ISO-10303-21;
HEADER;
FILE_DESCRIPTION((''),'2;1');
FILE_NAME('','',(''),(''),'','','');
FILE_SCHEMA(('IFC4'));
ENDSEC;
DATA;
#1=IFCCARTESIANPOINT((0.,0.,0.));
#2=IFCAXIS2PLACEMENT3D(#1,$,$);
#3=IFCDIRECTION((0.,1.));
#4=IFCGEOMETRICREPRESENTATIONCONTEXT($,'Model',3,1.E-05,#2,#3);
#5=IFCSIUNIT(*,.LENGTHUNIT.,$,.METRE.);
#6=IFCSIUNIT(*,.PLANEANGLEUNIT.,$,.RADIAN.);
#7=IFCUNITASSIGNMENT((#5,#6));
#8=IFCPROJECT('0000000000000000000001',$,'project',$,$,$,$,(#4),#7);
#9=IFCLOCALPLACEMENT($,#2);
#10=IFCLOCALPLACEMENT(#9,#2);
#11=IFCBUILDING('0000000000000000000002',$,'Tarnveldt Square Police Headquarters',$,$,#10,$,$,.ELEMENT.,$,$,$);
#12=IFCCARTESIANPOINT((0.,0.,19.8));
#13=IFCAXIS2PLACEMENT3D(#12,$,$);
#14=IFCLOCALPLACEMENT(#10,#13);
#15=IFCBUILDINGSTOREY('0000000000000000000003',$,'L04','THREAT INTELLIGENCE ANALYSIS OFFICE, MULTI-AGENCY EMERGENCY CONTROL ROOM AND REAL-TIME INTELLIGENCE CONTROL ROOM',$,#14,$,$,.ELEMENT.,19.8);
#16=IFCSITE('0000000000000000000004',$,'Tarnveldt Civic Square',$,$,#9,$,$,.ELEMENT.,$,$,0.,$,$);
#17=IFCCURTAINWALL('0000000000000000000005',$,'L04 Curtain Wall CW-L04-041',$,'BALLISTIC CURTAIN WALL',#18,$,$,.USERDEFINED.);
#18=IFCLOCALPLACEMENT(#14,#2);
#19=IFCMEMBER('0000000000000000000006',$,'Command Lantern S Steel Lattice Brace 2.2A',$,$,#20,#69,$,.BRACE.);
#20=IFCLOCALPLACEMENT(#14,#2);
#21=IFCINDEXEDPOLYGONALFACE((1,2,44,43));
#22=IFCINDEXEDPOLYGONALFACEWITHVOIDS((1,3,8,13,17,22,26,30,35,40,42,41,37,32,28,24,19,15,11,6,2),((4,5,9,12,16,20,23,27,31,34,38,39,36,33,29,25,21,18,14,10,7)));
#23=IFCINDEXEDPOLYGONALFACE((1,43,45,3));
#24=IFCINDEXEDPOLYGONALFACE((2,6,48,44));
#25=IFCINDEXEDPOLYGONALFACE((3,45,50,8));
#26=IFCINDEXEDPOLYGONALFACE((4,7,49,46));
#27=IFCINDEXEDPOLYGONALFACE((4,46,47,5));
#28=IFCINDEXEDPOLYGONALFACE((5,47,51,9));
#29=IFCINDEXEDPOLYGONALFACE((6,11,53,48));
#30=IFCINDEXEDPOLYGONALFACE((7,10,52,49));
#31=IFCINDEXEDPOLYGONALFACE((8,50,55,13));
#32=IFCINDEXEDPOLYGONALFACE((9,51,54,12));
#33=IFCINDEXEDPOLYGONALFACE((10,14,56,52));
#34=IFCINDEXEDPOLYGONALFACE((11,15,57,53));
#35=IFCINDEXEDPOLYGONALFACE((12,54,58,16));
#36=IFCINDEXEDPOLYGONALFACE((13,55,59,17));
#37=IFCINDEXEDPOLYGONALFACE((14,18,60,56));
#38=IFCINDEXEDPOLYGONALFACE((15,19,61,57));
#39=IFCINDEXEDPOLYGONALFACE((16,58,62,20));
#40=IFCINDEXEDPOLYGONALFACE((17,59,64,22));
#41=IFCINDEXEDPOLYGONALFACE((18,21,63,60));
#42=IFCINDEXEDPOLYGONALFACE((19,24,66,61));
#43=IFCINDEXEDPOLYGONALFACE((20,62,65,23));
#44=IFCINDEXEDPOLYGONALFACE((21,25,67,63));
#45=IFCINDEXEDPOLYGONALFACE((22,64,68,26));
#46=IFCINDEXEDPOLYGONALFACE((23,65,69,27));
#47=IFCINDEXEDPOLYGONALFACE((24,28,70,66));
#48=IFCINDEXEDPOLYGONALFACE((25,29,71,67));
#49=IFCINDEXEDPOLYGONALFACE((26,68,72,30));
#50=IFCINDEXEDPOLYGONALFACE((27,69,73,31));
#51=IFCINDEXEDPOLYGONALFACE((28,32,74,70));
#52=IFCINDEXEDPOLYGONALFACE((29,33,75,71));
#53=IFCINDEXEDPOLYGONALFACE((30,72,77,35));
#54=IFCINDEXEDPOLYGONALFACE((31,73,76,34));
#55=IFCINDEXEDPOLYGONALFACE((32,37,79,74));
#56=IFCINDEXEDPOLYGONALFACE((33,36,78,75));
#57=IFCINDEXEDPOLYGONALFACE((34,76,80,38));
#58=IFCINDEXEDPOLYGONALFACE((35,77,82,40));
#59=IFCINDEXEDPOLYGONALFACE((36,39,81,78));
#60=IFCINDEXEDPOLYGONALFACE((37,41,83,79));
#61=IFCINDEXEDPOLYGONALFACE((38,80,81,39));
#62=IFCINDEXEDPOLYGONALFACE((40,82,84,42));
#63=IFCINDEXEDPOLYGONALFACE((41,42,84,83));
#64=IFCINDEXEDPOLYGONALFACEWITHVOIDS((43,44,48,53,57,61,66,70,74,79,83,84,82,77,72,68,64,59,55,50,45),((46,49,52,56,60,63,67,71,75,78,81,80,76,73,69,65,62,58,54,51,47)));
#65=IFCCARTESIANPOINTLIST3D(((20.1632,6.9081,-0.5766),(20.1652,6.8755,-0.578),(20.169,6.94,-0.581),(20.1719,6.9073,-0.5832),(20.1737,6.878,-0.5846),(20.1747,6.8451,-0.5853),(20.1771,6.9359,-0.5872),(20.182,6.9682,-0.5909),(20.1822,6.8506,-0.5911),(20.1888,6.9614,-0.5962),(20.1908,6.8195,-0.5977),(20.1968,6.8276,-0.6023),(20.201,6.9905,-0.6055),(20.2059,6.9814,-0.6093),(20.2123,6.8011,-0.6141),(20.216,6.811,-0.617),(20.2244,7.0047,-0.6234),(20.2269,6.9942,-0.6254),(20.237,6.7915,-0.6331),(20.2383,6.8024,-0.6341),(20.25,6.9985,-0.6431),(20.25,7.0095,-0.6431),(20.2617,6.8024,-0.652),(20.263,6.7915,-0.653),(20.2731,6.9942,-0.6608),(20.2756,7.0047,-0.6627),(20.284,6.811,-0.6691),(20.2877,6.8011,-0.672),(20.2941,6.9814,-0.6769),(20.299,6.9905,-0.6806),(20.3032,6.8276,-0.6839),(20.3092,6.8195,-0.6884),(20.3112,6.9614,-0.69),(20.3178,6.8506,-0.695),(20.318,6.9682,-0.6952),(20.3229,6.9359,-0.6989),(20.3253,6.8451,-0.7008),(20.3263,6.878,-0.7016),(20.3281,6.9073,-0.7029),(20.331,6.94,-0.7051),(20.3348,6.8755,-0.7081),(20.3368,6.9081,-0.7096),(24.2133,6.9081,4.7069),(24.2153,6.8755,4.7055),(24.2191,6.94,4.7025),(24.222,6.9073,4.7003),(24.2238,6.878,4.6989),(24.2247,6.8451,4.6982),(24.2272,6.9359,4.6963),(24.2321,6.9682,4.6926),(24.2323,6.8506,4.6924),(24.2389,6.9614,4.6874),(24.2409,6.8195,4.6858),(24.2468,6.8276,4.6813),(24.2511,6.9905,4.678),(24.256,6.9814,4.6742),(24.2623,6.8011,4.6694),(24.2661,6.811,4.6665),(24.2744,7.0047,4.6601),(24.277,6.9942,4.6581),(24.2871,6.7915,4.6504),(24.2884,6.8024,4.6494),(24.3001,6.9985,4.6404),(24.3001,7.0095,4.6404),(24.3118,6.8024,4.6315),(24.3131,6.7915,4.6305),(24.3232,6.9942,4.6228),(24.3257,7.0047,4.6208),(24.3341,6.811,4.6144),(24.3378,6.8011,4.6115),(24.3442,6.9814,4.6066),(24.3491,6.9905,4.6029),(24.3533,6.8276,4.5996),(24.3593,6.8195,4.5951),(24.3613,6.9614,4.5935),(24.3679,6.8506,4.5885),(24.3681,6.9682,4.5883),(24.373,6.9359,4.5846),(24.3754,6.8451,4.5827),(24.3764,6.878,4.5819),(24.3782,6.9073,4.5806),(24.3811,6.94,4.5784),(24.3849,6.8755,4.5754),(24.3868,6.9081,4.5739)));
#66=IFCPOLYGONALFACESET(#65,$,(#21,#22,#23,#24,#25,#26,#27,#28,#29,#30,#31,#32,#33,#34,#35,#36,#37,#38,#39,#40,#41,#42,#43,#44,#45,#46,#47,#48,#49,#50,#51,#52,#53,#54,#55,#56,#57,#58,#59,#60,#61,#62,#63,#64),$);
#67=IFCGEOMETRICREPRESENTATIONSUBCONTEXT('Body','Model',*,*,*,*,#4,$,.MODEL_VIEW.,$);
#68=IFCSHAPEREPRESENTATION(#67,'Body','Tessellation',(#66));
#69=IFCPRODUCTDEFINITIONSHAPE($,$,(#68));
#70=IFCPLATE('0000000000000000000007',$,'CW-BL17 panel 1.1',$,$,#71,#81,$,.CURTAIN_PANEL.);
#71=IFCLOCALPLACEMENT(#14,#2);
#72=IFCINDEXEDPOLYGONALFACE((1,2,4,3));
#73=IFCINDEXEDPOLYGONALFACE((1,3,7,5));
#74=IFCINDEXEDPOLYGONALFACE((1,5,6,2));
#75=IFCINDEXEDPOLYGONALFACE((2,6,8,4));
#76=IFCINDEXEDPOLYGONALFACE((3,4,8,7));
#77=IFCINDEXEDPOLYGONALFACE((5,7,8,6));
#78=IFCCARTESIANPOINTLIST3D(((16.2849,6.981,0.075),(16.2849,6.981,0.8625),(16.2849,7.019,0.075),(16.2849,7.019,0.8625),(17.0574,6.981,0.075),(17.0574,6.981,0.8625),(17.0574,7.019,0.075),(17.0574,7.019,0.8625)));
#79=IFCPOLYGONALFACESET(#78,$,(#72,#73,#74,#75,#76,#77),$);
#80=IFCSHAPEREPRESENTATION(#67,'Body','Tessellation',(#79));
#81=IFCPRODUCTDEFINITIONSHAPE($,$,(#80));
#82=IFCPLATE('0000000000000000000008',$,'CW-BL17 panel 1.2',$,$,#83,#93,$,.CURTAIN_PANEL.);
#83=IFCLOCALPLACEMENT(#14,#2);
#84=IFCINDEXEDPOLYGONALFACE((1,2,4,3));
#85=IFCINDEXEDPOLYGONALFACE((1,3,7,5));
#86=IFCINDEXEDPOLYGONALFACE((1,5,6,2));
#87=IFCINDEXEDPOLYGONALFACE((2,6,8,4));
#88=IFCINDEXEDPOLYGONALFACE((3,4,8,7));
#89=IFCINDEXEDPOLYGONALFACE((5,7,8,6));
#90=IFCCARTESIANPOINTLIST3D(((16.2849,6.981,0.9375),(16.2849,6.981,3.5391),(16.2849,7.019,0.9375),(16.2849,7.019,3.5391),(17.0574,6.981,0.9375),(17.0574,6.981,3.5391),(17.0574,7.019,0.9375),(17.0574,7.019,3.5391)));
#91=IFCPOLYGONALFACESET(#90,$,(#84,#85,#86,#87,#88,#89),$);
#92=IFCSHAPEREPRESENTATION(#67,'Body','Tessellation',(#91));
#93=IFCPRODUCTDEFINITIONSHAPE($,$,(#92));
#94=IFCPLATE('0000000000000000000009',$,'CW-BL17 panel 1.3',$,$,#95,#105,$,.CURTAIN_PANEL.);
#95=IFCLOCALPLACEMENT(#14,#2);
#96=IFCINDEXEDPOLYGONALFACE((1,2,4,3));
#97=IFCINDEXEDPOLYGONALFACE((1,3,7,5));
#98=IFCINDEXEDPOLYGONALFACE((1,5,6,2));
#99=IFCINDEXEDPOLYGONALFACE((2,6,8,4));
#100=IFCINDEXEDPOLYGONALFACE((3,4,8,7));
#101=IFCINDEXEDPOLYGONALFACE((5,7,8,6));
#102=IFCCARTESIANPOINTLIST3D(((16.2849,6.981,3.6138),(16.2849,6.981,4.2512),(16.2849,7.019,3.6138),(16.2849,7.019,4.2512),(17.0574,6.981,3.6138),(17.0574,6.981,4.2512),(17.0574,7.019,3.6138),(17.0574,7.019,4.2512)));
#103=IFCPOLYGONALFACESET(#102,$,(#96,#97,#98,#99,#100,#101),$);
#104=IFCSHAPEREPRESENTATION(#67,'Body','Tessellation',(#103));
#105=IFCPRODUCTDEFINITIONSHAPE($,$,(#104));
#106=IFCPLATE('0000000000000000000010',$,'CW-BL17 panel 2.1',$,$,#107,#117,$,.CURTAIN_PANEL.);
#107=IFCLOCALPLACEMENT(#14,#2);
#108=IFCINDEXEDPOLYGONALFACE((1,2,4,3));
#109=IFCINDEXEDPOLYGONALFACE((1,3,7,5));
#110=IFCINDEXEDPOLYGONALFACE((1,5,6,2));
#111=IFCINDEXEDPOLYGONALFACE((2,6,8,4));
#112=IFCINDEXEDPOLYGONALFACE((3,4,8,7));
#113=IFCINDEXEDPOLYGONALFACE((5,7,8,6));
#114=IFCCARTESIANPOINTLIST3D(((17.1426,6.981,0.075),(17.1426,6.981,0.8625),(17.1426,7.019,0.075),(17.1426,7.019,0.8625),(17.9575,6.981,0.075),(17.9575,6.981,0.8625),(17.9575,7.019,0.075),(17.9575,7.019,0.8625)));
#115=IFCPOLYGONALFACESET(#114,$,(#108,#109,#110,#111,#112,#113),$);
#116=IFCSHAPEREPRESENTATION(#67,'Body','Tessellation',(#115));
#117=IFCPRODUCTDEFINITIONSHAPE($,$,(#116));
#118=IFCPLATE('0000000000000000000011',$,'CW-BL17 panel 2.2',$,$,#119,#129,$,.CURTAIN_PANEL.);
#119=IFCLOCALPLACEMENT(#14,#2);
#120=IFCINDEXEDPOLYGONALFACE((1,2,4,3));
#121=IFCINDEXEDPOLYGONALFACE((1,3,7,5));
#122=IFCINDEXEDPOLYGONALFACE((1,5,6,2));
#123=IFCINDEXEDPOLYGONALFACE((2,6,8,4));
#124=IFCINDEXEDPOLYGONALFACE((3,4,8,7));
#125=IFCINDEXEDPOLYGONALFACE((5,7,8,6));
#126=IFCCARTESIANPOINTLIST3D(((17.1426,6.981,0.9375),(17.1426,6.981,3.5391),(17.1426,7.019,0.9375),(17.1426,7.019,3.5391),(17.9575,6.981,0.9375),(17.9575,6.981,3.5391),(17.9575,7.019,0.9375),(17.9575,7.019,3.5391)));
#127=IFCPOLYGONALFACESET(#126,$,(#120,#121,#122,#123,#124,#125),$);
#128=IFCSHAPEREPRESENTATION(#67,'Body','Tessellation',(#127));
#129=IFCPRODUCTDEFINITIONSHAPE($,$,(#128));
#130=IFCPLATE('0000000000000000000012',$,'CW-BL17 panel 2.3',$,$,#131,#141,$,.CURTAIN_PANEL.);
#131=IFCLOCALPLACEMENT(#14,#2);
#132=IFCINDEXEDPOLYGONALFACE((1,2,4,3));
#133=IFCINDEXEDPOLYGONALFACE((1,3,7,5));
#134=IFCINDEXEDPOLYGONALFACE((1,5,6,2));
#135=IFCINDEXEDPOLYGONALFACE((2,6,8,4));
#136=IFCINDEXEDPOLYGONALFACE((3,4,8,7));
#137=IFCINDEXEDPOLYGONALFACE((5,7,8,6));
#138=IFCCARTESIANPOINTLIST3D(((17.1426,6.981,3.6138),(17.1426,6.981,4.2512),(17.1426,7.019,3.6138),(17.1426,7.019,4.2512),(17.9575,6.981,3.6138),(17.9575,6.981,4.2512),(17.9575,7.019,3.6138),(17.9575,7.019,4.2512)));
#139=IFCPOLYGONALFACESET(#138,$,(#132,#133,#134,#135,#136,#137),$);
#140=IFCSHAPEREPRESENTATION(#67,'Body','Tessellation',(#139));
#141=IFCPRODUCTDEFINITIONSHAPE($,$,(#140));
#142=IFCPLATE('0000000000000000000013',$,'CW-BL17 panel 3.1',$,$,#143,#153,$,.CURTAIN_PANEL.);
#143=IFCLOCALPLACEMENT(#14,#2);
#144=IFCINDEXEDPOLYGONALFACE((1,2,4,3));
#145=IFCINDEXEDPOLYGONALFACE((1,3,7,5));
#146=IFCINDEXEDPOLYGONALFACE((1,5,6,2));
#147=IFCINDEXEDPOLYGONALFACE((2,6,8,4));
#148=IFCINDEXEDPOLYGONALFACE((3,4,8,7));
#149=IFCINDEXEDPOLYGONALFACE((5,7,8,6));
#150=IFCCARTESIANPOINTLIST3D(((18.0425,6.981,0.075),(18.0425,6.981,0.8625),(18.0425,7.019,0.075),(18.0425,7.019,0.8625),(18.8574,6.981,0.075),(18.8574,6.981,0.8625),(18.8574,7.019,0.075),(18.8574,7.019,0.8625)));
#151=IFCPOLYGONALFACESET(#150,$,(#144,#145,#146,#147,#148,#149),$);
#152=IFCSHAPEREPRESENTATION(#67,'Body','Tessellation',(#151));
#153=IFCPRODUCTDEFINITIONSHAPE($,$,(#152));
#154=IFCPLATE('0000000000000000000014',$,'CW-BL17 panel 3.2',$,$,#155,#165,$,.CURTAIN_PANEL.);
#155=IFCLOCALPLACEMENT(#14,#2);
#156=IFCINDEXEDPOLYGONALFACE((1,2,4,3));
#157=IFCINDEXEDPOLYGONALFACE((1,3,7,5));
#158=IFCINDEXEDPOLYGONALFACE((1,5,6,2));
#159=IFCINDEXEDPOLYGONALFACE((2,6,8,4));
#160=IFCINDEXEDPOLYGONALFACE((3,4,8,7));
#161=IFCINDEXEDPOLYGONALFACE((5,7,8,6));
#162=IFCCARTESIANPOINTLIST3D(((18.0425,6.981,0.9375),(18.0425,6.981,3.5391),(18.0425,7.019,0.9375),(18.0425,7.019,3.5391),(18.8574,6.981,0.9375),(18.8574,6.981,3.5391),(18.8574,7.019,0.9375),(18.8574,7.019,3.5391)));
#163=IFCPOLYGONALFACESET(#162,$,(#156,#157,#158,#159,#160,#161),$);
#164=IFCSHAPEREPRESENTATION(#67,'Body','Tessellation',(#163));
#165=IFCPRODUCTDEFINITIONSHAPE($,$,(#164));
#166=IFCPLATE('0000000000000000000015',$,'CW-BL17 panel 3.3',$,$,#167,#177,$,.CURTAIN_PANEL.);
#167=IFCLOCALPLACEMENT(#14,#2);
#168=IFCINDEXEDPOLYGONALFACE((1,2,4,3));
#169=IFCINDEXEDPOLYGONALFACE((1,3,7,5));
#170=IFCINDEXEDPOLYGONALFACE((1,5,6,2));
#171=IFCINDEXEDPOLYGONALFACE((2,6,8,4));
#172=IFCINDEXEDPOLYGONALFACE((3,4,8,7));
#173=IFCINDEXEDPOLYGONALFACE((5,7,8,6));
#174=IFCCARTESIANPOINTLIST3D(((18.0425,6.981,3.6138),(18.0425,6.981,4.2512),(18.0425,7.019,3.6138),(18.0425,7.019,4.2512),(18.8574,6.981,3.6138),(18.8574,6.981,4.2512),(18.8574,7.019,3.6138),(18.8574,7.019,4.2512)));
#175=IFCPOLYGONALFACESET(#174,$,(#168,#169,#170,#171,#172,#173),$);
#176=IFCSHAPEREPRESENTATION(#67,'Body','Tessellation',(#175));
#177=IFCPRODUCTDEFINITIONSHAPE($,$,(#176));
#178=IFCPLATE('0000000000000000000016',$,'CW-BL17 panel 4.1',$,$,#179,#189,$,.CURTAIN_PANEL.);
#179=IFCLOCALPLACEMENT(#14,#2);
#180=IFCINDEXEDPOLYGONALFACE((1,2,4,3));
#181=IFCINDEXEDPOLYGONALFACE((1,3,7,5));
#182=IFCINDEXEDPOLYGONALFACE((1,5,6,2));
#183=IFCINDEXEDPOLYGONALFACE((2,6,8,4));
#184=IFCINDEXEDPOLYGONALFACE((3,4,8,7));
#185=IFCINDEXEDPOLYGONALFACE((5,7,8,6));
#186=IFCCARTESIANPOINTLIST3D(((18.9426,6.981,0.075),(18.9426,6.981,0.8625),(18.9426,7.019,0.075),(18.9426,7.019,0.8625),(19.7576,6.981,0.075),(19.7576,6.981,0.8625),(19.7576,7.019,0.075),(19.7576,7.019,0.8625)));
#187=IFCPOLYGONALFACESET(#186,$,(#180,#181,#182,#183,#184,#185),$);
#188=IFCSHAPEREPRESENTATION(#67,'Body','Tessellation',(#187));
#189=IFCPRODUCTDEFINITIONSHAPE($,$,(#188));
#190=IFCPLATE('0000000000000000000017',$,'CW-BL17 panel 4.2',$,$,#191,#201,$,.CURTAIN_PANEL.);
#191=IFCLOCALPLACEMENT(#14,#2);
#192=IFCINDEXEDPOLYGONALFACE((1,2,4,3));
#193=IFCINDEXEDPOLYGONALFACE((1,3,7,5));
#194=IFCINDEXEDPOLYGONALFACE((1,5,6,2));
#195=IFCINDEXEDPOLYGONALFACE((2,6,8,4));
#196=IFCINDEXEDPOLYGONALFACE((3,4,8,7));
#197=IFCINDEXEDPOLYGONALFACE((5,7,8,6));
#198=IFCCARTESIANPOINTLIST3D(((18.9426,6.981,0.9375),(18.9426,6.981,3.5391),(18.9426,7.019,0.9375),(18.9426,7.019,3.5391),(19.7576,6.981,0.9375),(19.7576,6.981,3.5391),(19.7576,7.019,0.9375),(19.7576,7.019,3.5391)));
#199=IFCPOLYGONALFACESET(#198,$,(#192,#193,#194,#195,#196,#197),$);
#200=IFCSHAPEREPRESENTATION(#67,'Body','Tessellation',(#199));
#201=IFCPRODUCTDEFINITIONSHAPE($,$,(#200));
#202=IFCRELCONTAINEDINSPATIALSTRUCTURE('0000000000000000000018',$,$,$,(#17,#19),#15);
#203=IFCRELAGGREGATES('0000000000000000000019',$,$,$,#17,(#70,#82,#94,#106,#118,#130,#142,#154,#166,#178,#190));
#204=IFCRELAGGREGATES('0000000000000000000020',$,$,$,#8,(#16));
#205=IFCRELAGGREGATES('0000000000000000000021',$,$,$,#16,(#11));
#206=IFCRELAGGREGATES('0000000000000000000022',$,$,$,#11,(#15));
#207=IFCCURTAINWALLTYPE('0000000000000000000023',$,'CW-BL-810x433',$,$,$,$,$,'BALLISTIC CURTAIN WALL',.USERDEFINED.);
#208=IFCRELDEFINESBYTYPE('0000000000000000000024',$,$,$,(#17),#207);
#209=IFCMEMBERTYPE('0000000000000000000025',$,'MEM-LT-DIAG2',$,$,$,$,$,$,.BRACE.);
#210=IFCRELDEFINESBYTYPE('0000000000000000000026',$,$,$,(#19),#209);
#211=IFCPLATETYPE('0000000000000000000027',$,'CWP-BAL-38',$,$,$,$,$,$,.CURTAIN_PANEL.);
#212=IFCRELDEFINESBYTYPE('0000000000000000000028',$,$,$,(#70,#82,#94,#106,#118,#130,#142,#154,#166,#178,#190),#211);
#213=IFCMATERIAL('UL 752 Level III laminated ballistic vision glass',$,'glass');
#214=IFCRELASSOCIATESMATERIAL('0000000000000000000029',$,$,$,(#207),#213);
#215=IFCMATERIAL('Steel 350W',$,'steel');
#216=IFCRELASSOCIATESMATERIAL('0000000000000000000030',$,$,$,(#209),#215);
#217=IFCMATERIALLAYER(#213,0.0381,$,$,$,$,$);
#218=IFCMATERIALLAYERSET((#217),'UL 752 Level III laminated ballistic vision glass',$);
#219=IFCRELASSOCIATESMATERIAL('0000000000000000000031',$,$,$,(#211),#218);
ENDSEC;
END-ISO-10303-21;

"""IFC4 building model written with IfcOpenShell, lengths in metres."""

from ifc_helpers import new_model, si_unit, direction, frame, origin, origin_2d, place, context, subcontext, project, spatial, rectangle, hollow_circle, extrude, material, layer, layer_set, material_profile, profile_set, type_object, element, aggregate, save


model = new_model("IFC4")

# Units and contexts
model_context = context("Model", 3, precision=1e-05, world=origin(), true_north=direction((0.0, 1.0)))
body_context = subcontext(model_context, "Body", "Model", "MODEL_VIEW")
ifc_project = project(units=[si_unit("LENGTHUNIT", "METRE"), si_unit("PLANEANGLEUNIT", "RADIAN")], contexts=[model_context])

# Site, building, storey
site_placement = place(None, origin())
site = spatial("IfcSite", under=ifc_project, at=site_placement, Name="Tarnveldt Civic Square", CompositionType="ELEMENT", RefElevation=0.0)
building_placement = place(site_placement, origin())
building = spatial("IfcBuilding", under=site, at=building_placement, Name="Tarnveldt Square Police Headquarters", CompositionType="ELEMENT")
storey_placement = place(building_placement, frame((0.0, 0.0, 19.8)))
storey = spatial("IfcBuildingStorey", under=building, at=storey_placement, Name="L04", Description="THREAT INTELLIGENCE ANALYSIS OFFICE, MULTI-AGENCY EMERGENCY CONTROL ROOM AND REAL-TIME INTELLIGENCE CONTROL ROOM", CompositionType="ELEMENT", Elevation=19.8)

# Curtain wall
ifc_material_1 = material(Name="UL 752 Level III laminated ballistic vision glass", Category="glass")
curtain_wall_type = type_object("IfcCurtainWallType", Name="CW-BL-810x433", ElementType="BALLISTIC CURTAIN WALL", PredefinedType="USERDEFINED", material=ifc_material_1)
curtain_wall_placement = place(storey_placement, origin())
curtain_wall = element("IfcCurtainWall", 1, at=curtain_wall_placement, inside=storey, type_object=curtain_wall_type, Name="L04 Curtain Wall CW-L04-041", ObjectType="BALLISTIC CURTAIN WALL", PredefinedType="USERDEFINED")

# Member
ifc_material_2 = material(Name="Steel 350W", Category="steel")
ifc_material_profile_1 = material_profile(ifc_material_2, hollow_circle(Radius=0.1096, WallThickness=0.011, at=origin_2d()), Name="HSS219x11")
ifc_profile_set_1 = profile_set([ifc_material_profile_1], Name="Steel 350W")
member_type_1 = type_object("IfcMemberType", Name="MEM-LT-DIAG2", PredefinedType="BRACE", material=ifc_profile_set_1)
member_1_placement = place(storey_placement, frame((20.25, 6.8999, -0.6431), z_axis=(0.608375, 0.0, 0.793649), x_axis=(0.0, 1.0, 0.0)))
element("IfcMember", 2, at=member_1_placement, inside=storey, type_object=member_type_1, Name="Command Lantern S Steel Lattice Brace 2.2A", PredefinedType="BRACE", context=body_context, shape_type="SweptSolid", body=[
    extrude(hollow_circle(Radius=0.1096, WallThickness=0.011, at=origin_2d()), origin(), (0.0, 0.0, 1.0), 6.6572),
])

# Plates
ifc_layer_1 = layer(ifc_material_1, 0.0381)
ifc_layer_set_1 = layer_set([ifc_layer_1], Name="UL 752 Level III laminated ballistic vision glass")
plate_type_1 = type_object("IfcPlateType", Name="CWP-BAL-38", PredefinedType="CURTAIN_PANEL", material=ifc_layer_set_1)
plate_1_placement = place(storey_placement, frame((16.6711, 7.0, 0.075), z_axis=(0.0, 0.0, 1.0), x_axis=(1.0, 0.0, 0.0)))
plate_1 = element("IfcPlate", 3, at=plate_1_placement, type_object=plate_type_1, Name="CW-BL17 panel 1.1", PredefinedType="CURTAIN_PANEL", context=body_context, shape_type="SweptSolid", body=[
    extrude(rectangle(XDim=0.7725, YDim=0.0381, at=origin_2d()), origin(), (0.0, 0.0, 1.0), 0.7876),
])
plate_2_placement = place(storey_placement, frame((16.6711, 7.0, 0.9375), z_axis=(0.0, 0.0, 1.0), x_axis=(1.0, 0.0, 0.0)))
plate_2 = element("IfcPlate", 4, at=plate_2_placement, type_object=plate_type_1, Name="CW-BL17 panel 1.2", PredefinedType="CURTAIN_PANEL", context=body_context, shape_type="SweptSolid", body=[
    extrude(rectangle(XDim=0.7725, YDim=0.0381, at=origin_2d()), origin(), (0.0, 0.0, 1.0), 2.6016),
])
plate_3_placement = place(storey_placement, frame((16.6711, 7.0, 3.6138), z_axis=(0.0, 0.0, 1.0), x_axis=(1.0, 0.0, 0.0)))
plate_3 = element("IfcPlate", 5, at=plate_3_placement, type_object=plate_type_1, Name="CW-BL17 panel 1.3", PredefinedType="CURTAIN_PANEL", context=body_context, shape_type="SweptSolid", body=[
    extrude(rectangle(XDim=0.7725, YDim=0.0381, at=origin_2d()), origin(), (0.0, 0.0, 1.0), 0.6375),
])
plate_4_placement = place(storey_placement, frame((17.55, 7.0, 0.075), z_axis=(0.0, 0.0, 1.0), x_axis=(1.0, 0.0, 0.0)))
plate_4 = element("IfcPlate", 6, at=plate_4_placement, type_object=plate_type_1, Name="CW-BL17 panel 2.1", PredefinedType="CURTAIN_PANEL", context=body_context, shape_type="SweptSolid", body=[
    extrude(rectangle(XDim=0.8149, YDim=0.0381, at=origin_2d()), origin(), (0.0, 0.0, 1.0), 0.7876),
])
plate_5_placement = place(storey_placement, frame((17.55, 7.0, 0.9375), z_axis=(0.0, 0.0, 1.0), x_axis=(1.0, 0.0, 0.0)))
plate_5 = element("IfcPlate", 7, at=plate_5_placement, type_object=plate_type_1, Name="CW-BL17 panel 2.2", PredefinedType="CURTAIN_PANEL", context=body_context, shape_type="SweptSolid", body=[
    extrude(rectangle(XDim=0.8149, YDim=0.0381, at=origin_2d()), origin(), (0.0, 0.0, 1.0), 2.6016),
])
plate_6_placement = place(storey_placement, frame((17.55, 7.0, 3.6138), z_axis=(0.0, 0.0, 1.0), x_axis=(1.0, 0.0, 0.0)))
plate_6 = element("IfcPlate", 8, at=plate_6_placement, type_object=plate_type_1, Name="CW-BL17 panel 2.3", PredefinedType="CURTAIN_PANEL", context=body_context, shape_type="SweptSolid", body=[
    extrude(rectangle(XDim=0.8149, YDim=0.0381, at=origin_2d()), origin(), (0.0, 0.0, 1.0), 0.6375),
])
plate_7_placement = place(storey_placement, frame((18.45, 7.0, 0.075), z_axis=(0.0, 0.0, 1.0), x_axis=(1.0, 0.0, 0.0)))
plate_7 = element("IfcPlate", 9, at=plate_7_placement, type_object=plate_type_1, Name="CW-BL17 panel 3.1", PredefinedType="CURTAIN_PANEL", context=body_context, shape_type="SweptSolid", body=[
    extrude(rectangle(XDim=0.8149, YDim=0.0381, at=origin_2d()), origin(), (0.0, 0.0, 1.0), 0.7876),
])
plate_8_placement = place(storey_placement, frame((18.45, 7.0, 0.9375), z_axis=(0.0, 0.0, 1.0), x_axis=(1.0, 0.0, 0.0)))
plate_8 = element("IfcPlate", 10, at=plate_8_placement, type_object=plate_type_1, Name="CW-BL17 panel 3.2", PredefinedType="CURTAIN_PANEL", context=body_context, shape_type="SweptSolid", body=[
    extrude(rectangle(XDim=0.8149, YDim=0.0381, at=origin_2d()), origin(), (0.0, 0.0, 1.0), 2.6016),
])
plate_9_placement = place(storey_placement, frame((18.45, 7.0, 3.6138), z_axis=(0.0, 0.0, 1.0), x_axis=(1.0, 0.0, 0.0)))
plate_9 = element("IfcPlate", 11, at=plate_9_placement, type_object=plate_type_1, Name="CW-BL17 panel 3.3", PredefinedType="CURTAIN_PANEL", context=body_context, shape_type="SweptSolid", body=[
    extrude(rectangle(XDim=0.8149, YDim=0.0381, at=origin_2d()), origin(), (0.0, 0.0, 1.0), 0.6375),
])
plate_10_placement = place(storey_placement, frame((19.3501, 7.0, 0.075), z_axis=(0.0, 0.0, 1.0), x_axis=(1.0, 0.0, 0.0)))
plate_10 = element("IfcPlate", 12, at=plate_10_placement, type_object=plate_type_1, Name="CW-BL17 panel 4.1", PredefinedType="CURTAIN_PANEL", context=body_context, shape_type="SweptSolid", body=[
    extrude(rectangle(XDim=0.8149, YDim=0.0381, at=origin_2d()), origin(), (0.0, 0.0, 1.0), 0.7876),
])
plate_11_placement = place(storey_placement, frame((19.3501, 7.0, 0.9375), z_axis=(0.0, 0.0, 1.0), x_axis=(1.0, 0.0, 0.0)))
plate_11 = element("IfcPlate", 13, at=plate_11_placement, type_object=plate_type_1, Name="CW-BL17 panel 4.2", PredefinedType="CURTAIN_PANEL", context=body_context, shape_type="SweptSolid", body=[
    extrude(rectangle(XDim=0.8149, YDim=0.0381, at=origin_2d()), origin(), (0.0, 0.0, 1.0), 2.6016),
])
aggregate(curtain_wall, [plate_1, plate_2, plate_3, plate_4, plate_5, plate_6, plate_7, plate_8, plate_9, plate_10, plate_11])

save(model, "model.ifc")
